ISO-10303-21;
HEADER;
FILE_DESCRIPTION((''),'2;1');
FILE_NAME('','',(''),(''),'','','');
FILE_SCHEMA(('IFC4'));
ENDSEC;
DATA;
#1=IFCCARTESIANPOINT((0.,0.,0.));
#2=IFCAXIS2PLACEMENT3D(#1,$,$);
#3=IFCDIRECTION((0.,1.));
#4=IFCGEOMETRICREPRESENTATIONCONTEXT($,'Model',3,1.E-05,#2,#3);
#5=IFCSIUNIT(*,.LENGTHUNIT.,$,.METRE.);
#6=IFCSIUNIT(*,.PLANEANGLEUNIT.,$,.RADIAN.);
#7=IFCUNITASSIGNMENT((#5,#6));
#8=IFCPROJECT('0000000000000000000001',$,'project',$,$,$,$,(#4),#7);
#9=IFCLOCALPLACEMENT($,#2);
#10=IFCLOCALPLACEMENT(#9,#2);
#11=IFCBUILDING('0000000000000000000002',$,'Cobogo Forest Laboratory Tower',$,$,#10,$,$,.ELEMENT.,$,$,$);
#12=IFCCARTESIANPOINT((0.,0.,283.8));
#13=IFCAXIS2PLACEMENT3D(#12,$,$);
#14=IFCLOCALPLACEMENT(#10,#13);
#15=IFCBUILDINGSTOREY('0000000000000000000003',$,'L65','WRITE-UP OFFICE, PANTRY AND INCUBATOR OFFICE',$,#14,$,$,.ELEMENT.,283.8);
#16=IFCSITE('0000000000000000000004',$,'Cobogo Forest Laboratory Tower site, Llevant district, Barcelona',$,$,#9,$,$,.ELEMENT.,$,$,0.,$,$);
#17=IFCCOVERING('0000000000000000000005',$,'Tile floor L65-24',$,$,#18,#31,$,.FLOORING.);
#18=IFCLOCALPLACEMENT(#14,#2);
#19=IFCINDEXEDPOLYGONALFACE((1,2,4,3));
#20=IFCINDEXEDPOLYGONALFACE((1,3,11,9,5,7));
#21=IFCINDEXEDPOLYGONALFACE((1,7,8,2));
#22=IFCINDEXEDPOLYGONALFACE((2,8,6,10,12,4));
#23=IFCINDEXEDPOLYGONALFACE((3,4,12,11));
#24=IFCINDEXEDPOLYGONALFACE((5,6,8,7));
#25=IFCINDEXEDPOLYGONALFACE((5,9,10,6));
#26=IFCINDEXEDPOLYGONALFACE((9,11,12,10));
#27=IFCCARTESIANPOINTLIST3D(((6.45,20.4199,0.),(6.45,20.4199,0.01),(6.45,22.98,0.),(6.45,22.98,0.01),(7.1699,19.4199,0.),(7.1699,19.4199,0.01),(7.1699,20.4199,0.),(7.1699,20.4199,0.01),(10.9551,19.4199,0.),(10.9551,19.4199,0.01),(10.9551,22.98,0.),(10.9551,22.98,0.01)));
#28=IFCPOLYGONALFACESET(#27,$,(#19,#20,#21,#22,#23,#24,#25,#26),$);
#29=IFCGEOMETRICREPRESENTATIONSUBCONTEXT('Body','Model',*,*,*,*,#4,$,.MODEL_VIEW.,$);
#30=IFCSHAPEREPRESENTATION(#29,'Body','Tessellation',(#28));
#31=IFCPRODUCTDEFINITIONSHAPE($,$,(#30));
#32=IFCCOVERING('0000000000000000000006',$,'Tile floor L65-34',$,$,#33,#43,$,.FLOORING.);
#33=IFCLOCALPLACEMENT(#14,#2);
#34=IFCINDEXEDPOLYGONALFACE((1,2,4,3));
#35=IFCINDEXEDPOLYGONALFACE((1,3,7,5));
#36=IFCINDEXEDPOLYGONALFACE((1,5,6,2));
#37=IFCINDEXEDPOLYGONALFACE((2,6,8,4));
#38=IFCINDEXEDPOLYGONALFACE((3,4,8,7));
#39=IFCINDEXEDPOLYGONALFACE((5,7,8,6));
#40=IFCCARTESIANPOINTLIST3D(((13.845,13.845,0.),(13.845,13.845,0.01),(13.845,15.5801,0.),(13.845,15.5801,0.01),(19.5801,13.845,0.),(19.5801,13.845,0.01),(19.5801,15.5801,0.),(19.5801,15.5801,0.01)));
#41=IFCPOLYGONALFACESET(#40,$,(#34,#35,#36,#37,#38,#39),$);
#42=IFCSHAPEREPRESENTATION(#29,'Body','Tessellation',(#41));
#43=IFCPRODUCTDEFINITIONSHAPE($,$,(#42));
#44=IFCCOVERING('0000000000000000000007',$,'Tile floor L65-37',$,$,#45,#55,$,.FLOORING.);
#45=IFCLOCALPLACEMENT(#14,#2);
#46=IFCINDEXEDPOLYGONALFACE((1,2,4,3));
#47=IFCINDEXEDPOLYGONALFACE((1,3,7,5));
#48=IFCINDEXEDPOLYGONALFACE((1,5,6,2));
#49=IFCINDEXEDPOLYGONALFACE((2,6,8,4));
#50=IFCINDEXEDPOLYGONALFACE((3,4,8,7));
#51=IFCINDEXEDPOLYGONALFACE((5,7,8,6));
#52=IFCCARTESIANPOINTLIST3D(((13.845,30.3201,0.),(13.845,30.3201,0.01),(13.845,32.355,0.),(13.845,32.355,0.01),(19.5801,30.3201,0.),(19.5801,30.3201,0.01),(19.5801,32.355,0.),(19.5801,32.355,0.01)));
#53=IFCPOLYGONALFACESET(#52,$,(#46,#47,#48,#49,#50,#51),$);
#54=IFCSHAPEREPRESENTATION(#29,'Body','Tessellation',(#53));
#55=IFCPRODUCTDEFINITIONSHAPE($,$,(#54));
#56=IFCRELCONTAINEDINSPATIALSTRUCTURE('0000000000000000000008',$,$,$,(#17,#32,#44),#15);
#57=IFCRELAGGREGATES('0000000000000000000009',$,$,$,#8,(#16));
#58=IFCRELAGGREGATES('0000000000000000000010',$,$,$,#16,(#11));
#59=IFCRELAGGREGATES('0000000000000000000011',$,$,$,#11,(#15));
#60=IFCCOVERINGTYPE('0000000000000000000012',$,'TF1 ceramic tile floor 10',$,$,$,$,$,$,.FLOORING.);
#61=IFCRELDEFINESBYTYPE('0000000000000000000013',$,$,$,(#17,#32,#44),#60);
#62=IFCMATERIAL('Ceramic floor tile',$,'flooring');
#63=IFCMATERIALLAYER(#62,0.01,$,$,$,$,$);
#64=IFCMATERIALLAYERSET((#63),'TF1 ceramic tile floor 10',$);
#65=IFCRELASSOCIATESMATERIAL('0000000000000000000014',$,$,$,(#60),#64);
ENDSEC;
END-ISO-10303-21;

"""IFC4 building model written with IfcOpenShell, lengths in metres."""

from ifc_helpers import new_model, si_unit, direction, frame, origin, place, context, subcontext, project, spatial, polyline, outline, extrude, material, layer, layer_set, type_object, element, save


model = new_model("IFC4")

# Units and contexts
model_context = context("Model", 3, precision=1e-05, world=origin(), true_north=direction((0.0, 1.0)))
body_context = subcontext(model_context, "Body", "Model", "MODEL_VIEW")
ifc_project = project(units=[si_unit("LENGTHUNIT", "METRE"), si_unit("PLANEANGLEUNIT", "RADIAN")], contexts=[model_context])

# Site, building, storey
site_placement = place(None, origin())
site = spatial("IfcSite", under=ifc_project, at=site_placement, Name="Cobogo Forest Laboratory Tower site, Llevant district, Barcelona", CompositionType="ELEMENT", RefElevation=0.0)
building_placement = place(site_placement, origin())
building = spatial("IfcBuilding", under=site, at=building_placement, Name="Cobogo Forest Laboratory Tower", CompositionType="ELEMENT")
storey_placement = place(building_placement, frame((0.0, 0.0, 283.8)))
storey = spatial("IfcBuildingStorey", under=building, at=storey_placement, Name="L65", Description="WRITE-UP OFFICE, PANTRY AND INCUBATOR OFFICE", CompositionType="ELEMENT", Elevation=283.8)

# Coverings
ifc_material_1 = material(Name="Ceramic floor tile", Category="flooring")
ifc_layer_1 = layer(ifc_material_1, 0.01)
ifc_layer_set_1 = layer_set([ifc_layer_1], Name="TF1 ceramic tile floor 10")
covering_type_1 = type_object("IfcCoveringType", Name="TF1 ceramic tile floor 10", PredefinedType="FLOORING", material=ifc_layer_set_1)
covering_1_placement = place(storey_placement, origin())
element("IfcCovering", 1, at=covering_1_placement, inside=storey, type_object=covering_type_1, Name="Tile floor L65-24", PredefinedType="FLOORING", context=body_context, shape_type="SweptSolid", body=[
    extrude(outline(polyline([(10.9551, 19.4199), (7.1699, 19.4199), (7.1699, 20.4199), (6.45, 20.4199), (6.45, 22.98), (10.9551, 22.98), (10.9551, 19.4199)])), origin(), (0.0, 0.0, 1.0), 0.01),
])
covering_2_placement = place(storey_placement, origin())
element("IfcCovering", 2, at=covering_2_placement, inside=storey, type_object=covering_type_1, Name="Tile floor L65-34", PredefinedType="FLOORING", context=body_context, shape_type="SweptSolid", body=[
    extrude(outline(polyline([(19.5801, 13.845), (13.845, 13.845), (13.845, 15.5801), (19.5801, 15.5801), (19.5801, 13.845)])), origin(), (0.0, 0.0, 1.0), 0.01),
])
covering_3_placement = place(storey_placement, origin())
element("IfcCovering", 3, at=covering_3_placement, inside=storey, type_object=covering_type_1, Name="Tile floor L65-37", PredefinedType="FLOORING", context=body_context, shape_type="SweptSolid", body=[
    extrude(outline(polyline([(19.5801, 30.3201), (13.845, 30.3201), (13.845, 32.355), (19.5801, 32.355), (19.5801, 30.3201)])), origin(), (0.0, 0.0, 1.0), 0.01),
])

save(model, "model.ifc")
